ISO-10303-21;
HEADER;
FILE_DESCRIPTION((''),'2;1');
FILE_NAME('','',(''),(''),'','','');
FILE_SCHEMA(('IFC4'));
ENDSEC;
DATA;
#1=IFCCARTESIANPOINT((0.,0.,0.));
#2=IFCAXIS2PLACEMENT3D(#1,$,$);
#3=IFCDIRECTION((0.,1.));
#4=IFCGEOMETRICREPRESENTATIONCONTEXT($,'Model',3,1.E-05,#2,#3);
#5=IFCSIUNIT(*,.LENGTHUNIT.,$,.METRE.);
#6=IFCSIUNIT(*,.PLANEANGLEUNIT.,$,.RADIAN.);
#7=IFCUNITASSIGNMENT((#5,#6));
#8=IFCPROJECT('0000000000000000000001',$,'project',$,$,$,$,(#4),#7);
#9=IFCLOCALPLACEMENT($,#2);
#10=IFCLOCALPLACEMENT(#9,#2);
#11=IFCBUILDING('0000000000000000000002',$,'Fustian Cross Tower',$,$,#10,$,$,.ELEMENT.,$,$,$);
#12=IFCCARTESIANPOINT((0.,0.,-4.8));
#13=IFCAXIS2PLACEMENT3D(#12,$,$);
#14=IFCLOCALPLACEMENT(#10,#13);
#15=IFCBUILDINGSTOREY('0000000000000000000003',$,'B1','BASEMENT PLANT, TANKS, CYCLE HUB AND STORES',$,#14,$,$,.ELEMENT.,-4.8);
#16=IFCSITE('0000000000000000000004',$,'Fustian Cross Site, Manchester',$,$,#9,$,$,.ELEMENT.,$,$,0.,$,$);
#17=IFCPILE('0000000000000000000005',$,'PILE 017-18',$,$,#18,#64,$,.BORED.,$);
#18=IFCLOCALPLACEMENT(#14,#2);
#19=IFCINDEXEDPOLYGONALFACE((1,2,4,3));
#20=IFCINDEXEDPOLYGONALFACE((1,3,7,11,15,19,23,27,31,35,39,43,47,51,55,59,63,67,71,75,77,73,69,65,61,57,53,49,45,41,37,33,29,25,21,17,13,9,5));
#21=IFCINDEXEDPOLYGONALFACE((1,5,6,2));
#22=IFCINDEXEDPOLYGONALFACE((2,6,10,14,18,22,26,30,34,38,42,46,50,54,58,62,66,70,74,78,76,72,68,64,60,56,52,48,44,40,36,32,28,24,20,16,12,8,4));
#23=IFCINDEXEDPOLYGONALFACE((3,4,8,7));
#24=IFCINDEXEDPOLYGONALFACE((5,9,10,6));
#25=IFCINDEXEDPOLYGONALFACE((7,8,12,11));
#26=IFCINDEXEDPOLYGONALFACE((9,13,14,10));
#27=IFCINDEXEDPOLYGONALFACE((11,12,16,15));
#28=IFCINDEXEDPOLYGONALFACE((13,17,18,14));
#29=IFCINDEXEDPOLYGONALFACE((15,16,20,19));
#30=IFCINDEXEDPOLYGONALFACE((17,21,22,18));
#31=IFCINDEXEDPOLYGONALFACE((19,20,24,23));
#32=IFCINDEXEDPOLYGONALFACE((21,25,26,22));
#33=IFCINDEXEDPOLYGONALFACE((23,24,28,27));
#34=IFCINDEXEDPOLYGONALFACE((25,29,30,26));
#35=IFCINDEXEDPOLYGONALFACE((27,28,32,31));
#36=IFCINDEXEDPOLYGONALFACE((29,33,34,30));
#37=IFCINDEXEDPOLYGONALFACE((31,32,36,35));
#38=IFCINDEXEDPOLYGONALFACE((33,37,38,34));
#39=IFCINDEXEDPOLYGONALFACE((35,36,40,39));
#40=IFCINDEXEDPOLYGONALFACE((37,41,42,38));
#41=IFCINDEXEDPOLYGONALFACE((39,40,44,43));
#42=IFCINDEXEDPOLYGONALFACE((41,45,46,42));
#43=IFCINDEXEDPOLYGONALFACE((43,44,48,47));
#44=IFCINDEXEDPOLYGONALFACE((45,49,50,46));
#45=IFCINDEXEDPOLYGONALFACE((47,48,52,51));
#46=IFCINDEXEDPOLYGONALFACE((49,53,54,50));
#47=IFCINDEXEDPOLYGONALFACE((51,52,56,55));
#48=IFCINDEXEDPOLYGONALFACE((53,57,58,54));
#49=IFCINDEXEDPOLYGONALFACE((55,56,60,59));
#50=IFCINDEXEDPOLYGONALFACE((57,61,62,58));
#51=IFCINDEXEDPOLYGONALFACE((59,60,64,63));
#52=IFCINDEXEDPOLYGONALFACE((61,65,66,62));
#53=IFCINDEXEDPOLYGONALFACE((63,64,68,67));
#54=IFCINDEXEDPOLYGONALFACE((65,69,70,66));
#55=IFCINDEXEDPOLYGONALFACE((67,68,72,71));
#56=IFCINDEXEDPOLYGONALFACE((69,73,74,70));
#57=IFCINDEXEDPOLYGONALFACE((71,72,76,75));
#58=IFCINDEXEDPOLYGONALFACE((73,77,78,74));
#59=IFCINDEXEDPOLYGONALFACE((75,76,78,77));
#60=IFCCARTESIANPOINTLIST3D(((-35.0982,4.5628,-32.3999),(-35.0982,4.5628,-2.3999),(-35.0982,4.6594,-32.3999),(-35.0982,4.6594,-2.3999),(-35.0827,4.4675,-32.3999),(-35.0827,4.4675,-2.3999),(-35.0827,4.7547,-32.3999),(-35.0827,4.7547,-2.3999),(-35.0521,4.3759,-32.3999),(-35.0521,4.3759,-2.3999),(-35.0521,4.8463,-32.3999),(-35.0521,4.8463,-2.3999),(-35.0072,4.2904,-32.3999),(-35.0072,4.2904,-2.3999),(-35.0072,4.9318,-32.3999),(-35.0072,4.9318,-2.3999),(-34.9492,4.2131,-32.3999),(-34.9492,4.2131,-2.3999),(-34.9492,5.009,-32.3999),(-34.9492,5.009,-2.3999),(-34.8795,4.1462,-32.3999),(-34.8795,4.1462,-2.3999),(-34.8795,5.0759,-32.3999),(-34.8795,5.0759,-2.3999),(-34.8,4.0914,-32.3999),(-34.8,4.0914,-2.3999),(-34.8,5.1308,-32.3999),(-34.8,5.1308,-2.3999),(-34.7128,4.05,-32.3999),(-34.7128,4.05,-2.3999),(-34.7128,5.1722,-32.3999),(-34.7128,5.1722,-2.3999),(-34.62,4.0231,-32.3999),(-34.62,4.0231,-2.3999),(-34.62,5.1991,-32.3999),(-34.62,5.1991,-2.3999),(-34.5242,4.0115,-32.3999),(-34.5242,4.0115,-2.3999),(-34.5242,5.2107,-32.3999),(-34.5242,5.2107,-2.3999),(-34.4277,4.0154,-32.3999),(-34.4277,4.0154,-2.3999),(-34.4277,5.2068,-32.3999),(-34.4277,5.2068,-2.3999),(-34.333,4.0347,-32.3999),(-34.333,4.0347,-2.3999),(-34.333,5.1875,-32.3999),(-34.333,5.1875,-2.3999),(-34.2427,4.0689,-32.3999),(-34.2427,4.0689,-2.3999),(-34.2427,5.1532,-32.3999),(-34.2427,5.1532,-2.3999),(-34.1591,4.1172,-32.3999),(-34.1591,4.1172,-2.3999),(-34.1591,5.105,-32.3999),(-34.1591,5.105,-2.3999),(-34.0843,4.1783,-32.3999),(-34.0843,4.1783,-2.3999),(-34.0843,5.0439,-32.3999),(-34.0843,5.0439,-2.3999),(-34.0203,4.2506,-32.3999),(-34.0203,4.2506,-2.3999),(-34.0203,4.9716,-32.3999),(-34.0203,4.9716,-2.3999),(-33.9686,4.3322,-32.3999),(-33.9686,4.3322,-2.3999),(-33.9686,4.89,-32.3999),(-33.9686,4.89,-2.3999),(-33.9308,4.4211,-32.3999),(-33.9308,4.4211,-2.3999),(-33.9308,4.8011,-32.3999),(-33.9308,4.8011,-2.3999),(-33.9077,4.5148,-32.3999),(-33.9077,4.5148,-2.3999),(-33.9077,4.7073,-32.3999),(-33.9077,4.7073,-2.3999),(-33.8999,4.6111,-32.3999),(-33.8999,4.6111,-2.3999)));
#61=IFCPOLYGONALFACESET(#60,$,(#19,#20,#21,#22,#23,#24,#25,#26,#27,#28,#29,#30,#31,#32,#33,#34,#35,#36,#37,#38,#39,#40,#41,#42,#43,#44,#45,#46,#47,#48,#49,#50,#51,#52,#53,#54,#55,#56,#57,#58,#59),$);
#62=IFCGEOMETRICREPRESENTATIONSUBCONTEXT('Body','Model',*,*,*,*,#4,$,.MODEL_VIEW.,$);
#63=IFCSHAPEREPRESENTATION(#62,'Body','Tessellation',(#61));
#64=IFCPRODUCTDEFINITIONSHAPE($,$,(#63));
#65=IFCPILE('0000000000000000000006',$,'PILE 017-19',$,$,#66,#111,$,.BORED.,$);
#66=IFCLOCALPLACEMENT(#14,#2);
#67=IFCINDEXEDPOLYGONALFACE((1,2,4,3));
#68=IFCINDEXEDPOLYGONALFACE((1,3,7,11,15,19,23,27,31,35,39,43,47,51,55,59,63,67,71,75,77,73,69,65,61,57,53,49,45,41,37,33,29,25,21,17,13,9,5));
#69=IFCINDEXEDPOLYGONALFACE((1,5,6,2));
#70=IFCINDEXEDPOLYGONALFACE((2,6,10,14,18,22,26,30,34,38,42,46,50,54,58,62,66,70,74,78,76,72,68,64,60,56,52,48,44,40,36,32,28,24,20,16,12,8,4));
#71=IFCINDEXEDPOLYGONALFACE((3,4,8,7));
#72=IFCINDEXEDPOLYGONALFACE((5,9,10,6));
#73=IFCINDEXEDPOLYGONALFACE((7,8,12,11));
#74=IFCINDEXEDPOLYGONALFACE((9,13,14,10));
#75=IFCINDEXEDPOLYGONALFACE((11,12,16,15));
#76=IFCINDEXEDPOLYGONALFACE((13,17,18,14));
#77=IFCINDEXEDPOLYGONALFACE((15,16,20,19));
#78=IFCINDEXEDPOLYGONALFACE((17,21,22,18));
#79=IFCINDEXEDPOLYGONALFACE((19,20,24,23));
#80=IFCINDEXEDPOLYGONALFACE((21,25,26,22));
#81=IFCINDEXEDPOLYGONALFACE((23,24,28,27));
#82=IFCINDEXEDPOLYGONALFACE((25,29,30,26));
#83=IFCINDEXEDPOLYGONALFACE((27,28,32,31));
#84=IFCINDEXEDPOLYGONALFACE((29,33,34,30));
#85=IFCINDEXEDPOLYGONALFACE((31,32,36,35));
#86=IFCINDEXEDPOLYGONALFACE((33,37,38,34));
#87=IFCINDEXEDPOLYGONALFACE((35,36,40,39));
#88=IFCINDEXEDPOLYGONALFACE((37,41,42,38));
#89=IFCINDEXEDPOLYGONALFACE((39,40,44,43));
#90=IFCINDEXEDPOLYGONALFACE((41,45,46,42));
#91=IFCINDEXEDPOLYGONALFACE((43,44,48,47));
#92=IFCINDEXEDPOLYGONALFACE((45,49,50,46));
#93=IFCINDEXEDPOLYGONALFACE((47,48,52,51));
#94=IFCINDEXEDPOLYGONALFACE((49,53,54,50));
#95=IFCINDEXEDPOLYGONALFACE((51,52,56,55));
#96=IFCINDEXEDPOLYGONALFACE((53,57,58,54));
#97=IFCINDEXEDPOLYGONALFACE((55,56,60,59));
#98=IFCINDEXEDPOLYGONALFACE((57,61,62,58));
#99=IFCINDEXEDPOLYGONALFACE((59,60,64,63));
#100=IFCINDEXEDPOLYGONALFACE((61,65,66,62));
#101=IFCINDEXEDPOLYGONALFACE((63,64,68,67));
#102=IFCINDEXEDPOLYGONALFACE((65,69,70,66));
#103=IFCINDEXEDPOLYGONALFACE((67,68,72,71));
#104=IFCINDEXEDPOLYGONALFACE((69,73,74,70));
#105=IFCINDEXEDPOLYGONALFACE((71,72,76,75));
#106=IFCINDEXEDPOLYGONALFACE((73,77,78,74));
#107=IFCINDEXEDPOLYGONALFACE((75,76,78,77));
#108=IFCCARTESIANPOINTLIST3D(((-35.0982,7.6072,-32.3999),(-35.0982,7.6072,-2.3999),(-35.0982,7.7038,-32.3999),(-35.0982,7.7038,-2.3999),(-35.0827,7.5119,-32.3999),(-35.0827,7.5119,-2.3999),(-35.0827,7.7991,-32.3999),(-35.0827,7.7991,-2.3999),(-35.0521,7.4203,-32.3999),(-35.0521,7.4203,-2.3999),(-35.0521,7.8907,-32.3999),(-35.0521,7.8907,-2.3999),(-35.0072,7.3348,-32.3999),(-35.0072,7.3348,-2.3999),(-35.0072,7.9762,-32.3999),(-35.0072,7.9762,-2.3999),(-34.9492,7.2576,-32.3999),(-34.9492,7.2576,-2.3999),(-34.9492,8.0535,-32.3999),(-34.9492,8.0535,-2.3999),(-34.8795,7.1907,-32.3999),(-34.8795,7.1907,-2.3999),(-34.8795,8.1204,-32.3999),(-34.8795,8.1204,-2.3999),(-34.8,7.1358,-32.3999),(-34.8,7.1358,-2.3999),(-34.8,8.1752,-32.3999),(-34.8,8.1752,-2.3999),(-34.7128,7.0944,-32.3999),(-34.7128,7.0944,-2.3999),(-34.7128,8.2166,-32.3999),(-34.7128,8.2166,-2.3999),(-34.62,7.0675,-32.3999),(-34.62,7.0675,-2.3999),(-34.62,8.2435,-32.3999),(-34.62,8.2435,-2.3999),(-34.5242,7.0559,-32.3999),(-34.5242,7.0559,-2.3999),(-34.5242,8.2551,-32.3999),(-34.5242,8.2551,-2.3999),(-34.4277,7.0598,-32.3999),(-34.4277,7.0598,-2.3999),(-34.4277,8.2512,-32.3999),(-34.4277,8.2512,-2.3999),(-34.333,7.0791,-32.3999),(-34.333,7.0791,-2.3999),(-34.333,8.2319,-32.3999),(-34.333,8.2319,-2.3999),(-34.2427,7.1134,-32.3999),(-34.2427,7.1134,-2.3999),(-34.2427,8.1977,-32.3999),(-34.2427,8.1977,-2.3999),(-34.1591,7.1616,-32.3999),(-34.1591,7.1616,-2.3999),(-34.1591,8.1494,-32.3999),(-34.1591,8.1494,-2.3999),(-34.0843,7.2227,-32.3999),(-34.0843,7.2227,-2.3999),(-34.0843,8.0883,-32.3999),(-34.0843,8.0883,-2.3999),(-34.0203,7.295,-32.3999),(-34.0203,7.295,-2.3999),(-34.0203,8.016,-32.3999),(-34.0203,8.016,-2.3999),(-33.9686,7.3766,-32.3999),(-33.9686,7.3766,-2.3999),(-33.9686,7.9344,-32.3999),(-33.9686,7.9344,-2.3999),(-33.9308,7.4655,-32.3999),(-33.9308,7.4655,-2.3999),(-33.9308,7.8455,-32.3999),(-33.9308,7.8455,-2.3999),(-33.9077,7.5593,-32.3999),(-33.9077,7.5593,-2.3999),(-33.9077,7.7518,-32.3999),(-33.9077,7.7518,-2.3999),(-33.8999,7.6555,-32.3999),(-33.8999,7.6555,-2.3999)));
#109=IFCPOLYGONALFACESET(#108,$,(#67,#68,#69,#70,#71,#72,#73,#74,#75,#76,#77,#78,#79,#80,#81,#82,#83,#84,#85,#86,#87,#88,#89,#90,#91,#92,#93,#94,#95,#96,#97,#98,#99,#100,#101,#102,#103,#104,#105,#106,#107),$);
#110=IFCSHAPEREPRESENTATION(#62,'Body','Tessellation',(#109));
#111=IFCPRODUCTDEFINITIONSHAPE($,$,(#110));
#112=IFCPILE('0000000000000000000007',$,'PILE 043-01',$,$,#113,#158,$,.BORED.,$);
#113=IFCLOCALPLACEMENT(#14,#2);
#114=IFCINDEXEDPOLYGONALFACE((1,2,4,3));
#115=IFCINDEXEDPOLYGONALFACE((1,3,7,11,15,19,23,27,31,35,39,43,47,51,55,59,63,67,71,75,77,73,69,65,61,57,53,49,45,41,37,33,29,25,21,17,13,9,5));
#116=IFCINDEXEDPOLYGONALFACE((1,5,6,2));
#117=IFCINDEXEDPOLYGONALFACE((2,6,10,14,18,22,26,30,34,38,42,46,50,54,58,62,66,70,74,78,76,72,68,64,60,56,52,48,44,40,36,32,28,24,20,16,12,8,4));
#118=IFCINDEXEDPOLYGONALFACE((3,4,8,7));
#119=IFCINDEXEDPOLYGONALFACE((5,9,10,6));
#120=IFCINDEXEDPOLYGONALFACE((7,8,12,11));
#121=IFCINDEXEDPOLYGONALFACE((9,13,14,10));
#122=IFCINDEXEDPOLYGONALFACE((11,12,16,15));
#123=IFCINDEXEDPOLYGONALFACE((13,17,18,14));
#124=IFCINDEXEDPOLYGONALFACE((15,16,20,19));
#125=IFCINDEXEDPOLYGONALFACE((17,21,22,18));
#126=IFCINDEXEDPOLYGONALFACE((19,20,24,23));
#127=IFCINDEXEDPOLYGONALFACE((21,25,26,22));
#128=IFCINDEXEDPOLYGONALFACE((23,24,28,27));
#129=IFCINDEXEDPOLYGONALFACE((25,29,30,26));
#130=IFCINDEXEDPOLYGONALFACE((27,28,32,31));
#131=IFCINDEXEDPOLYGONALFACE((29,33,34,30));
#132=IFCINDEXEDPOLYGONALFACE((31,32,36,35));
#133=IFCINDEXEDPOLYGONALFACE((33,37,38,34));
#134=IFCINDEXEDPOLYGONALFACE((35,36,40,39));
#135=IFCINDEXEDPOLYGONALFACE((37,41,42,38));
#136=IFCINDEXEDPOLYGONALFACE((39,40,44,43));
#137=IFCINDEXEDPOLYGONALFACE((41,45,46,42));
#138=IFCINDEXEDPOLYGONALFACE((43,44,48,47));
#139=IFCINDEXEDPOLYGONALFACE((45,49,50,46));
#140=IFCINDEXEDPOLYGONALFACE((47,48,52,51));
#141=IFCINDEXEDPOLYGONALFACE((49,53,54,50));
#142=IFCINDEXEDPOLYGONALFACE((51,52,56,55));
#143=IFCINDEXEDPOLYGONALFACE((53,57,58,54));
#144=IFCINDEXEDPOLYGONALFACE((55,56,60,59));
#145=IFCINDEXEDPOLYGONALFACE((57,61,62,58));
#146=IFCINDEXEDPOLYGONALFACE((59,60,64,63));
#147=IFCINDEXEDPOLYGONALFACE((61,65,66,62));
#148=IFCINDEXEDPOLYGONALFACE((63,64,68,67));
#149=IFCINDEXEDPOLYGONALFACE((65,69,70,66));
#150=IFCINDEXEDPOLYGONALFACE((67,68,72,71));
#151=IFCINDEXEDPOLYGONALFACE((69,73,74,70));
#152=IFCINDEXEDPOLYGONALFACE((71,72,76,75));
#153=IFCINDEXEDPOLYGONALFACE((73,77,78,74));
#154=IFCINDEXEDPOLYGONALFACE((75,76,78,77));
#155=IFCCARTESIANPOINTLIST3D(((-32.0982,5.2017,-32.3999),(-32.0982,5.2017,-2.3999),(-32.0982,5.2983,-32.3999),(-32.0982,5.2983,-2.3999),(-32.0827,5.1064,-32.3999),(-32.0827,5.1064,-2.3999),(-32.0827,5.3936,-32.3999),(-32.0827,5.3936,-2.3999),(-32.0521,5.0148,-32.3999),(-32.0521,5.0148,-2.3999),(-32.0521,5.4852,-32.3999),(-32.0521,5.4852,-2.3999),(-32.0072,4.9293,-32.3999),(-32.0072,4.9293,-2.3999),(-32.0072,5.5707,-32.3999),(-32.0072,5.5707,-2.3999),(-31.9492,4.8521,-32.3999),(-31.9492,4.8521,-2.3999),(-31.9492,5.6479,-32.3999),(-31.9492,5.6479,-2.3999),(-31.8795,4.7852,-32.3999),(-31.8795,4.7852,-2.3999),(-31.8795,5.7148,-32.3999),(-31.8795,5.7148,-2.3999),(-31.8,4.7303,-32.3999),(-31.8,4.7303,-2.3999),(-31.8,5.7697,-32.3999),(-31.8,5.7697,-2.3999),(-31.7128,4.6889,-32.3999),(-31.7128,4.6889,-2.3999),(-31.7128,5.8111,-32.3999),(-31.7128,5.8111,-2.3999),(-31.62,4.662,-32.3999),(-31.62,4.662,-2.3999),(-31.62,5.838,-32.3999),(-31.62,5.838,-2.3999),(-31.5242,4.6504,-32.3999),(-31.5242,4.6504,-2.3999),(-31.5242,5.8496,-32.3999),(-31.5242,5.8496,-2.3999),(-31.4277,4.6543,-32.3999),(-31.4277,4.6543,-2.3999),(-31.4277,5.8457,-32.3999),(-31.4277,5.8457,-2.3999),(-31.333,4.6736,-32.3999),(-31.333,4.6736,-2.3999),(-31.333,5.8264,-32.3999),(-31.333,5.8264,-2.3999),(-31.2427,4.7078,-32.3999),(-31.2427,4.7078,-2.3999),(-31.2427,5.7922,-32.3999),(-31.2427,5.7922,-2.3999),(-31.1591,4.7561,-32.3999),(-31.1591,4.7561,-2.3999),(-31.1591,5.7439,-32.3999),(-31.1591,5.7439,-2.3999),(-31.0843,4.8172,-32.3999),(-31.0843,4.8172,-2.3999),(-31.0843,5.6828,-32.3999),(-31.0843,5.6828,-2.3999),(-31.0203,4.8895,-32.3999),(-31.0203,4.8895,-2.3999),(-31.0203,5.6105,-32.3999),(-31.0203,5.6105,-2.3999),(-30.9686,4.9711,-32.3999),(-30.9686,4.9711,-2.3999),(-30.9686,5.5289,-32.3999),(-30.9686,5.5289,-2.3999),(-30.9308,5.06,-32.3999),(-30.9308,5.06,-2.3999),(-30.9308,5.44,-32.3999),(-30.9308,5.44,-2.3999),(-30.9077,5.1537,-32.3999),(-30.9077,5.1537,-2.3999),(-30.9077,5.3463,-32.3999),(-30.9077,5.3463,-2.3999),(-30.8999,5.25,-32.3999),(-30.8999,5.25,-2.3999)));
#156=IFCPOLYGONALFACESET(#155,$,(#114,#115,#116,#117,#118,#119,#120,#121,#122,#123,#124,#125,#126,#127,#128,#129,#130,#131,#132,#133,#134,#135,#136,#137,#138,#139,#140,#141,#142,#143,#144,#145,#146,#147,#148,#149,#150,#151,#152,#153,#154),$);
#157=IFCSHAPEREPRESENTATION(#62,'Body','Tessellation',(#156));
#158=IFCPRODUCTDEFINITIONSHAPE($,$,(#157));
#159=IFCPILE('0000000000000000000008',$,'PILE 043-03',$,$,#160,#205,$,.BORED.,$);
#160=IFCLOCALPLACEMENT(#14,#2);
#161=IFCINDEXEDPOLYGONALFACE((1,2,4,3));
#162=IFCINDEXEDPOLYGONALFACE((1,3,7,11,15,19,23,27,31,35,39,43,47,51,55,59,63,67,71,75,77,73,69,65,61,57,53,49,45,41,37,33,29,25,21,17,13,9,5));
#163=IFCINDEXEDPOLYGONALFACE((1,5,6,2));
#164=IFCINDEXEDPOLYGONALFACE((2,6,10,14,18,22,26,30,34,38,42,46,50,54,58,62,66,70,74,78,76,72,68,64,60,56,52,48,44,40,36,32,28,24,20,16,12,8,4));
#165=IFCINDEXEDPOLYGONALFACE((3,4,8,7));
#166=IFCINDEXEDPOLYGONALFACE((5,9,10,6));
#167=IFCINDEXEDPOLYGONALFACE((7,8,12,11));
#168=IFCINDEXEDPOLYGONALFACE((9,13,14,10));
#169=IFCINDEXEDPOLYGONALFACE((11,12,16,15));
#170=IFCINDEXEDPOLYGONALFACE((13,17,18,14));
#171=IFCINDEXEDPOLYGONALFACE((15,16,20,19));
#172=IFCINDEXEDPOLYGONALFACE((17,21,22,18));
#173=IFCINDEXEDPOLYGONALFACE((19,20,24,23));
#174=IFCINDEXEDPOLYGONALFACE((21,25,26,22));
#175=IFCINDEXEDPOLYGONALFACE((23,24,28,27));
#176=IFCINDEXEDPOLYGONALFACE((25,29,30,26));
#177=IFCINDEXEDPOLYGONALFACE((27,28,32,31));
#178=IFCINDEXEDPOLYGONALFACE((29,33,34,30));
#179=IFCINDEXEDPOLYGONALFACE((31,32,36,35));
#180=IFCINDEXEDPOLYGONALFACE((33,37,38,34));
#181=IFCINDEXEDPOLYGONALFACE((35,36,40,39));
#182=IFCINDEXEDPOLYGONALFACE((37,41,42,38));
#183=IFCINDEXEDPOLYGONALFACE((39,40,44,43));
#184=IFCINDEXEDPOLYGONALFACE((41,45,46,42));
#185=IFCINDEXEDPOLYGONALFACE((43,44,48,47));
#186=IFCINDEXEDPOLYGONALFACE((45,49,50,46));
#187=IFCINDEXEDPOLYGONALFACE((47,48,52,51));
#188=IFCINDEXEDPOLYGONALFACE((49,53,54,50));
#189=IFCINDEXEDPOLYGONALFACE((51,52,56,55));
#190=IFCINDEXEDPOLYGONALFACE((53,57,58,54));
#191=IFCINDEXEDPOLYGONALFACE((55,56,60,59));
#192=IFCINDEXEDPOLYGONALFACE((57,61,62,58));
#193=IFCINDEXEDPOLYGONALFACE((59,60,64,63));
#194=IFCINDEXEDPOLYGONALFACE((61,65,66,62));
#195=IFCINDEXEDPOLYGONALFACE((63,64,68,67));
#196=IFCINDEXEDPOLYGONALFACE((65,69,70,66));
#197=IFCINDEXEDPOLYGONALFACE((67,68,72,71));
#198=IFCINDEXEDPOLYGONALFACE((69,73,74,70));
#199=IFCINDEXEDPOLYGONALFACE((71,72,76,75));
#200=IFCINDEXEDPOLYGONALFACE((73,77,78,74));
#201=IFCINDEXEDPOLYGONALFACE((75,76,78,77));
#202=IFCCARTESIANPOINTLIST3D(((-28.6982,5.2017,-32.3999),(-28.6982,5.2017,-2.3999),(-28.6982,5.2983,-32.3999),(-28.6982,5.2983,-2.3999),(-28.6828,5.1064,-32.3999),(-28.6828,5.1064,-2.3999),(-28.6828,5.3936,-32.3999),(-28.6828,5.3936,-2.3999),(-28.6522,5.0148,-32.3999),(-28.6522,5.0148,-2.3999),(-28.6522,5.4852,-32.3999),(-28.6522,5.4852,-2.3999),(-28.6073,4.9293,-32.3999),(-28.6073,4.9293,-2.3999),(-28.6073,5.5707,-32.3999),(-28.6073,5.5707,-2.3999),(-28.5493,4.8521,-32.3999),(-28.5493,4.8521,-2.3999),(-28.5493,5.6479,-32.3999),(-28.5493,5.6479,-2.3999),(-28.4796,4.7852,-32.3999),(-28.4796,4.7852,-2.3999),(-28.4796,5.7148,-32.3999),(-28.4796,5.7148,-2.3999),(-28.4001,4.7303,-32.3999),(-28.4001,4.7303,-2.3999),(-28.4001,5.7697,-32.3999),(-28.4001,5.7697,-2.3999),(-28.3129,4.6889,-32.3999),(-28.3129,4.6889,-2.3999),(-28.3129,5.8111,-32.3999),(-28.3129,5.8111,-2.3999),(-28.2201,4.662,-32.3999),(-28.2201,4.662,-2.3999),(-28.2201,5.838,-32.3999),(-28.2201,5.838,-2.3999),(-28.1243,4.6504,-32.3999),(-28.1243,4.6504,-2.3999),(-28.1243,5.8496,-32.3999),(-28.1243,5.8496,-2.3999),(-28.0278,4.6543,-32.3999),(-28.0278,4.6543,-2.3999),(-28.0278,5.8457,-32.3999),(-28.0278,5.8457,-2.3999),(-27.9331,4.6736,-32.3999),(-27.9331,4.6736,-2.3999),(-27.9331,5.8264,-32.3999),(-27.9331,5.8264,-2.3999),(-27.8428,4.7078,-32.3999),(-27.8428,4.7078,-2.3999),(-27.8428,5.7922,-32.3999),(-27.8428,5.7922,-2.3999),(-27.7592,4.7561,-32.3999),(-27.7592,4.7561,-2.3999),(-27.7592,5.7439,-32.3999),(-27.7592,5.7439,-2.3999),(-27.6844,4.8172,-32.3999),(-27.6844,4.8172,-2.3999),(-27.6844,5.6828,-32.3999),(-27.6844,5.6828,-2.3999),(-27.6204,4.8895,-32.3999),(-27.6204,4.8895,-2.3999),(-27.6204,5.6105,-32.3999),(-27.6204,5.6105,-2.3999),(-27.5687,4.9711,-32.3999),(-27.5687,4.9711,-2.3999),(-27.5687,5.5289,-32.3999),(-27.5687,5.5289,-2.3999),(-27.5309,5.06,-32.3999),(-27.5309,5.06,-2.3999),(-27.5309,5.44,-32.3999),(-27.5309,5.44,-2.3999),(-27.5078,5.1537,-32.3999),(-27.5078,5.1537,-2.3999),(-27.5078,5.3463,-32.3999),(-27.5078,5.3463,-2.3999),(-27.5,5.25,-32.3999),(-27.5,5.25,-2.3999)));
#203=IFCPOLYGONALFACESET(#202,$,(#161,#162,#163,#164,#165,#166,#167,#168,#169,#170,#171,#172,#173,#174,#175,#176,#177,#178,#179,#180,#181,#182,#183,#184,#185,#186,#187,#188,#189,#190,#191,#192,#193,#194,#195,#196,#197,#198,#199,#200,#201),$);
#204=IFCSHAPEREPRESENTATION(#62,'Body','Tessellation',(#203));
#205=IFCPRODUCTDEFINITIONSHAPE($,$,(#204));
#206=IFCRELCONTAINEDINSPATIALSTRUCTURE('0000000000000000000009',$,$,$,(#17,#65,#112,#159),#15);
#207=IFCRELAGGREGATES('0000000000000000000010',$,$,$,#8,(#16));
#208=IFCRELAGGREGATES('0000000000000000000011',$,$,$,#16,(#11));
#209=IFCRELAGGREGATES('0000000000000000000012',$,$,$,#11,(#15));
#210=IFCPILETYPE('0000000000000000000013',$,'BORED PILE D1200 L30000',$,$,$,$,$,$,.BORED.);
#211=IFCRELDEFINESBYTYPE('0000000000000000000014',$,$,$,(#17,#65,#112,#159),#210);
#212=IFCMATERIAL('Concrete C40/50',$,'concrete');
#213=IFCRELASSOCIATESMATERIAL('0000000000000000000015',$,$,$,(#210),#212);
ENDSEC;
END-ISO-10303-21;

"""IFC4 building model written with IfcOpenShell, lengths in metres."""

from ifc_helpers import new_model, si_unit, direction, frame, origin, origin_2d, place, context, subcontext, project, spatial, circle, extrude, material, material_profile, profile_set, type_object, element, save


model = new_model("IFC4")

# Units and contexts
model_context = context("Model", 3, precision=1e-05, world=origin(), true_north=direction((0.0, 1.0)))
body_context = subcontext(model_context, "Body", "Model", "MODEL_VIEW")
ifc_project = project(units=[si_unit("LENGTHUNIT", "METRE"), si_unit("PLANEANGLEUNIT", "RADIAN")], contexts=[model_context])

# Site, building, storey
site_placement = place(None, origin())
site = spatial("IfcSite", under=ifc_project, at=site_placement, Name="Fustian Cross Site, Manchester", CompositionType="ELEMENT", RefElevation=0.0)
building_placement = place(site_placement, origin())
building = spatial("IfcBuilding", under=site, at=building_placement, Name="Fustian Cross Tower", CompositionType="ELEMENT")
storey_placement = place(building_placement, frame((0.0, 0.0, -4.8)))
storey = spatial("IfcBuildingStorey", under=building, at=storey_placement, Name="B1", Description="BASEMENT PLANT, TANKS, CYCLE HUB AND STORES", CompositionType="ELEMENT", Elevation=-4.8)

# Piles
ifc_material_1 = material(Name="Concrete C40/50", Category="concrete")
ifc_material_profile_1 = material_profile(ifc_material_1, circle(Radius=0.6001, at=origin_2d()), Name="BORED PILE D1200 L30000")
ifc_profile_set_1 = profile_set([ifc_material_profile_1], Name="Concrete C40/50")
pile_type_1 = type_object("IfcPileType", Name="BORED PILE D1200 L30000", PredefinedType="BORED", material=ifc_profile_set_1)
for number, where, z_axis, x_axis, name in (
    (1, (-34.5, 4.6111, -2.3999), (0.0, 0.0, -1.0), (1.0, 0.0, 0.0), "PILE 017-18"),
    (2, (-34.5, 7.6555, -2.3999), (0.0, 0.0, -1.0), (1.0, 0.0, 0.0), "PILE 017-19"),
    (3, (-31.5, 5.25, -2.3999), (0.0, 0.0, -1.0), (1.0, 0.0, 0.0), "PILE 043-01"),
    (4, (-28.1001, 5.25, -2.3999), (0.0, 0.0, -1.0), (1.0, 0.0, 0.0), "PILE 043-03"),
):
    element("IfcPile", number, at=place(storey_placement, frame(where, z_axis=z_axis, x_axis=x_axis)), inside=storey, type_object=pile_type_1, Name=name, PredefinedType="BORED", context=body_context, shape_type="SweptSolid", body=[
        extrude(circle(Radius=0.6001, at=origin_2d()), origin(), (0.0, 0.0, 1.0), 30.0),
    ])

save(model, "model.ifc")
